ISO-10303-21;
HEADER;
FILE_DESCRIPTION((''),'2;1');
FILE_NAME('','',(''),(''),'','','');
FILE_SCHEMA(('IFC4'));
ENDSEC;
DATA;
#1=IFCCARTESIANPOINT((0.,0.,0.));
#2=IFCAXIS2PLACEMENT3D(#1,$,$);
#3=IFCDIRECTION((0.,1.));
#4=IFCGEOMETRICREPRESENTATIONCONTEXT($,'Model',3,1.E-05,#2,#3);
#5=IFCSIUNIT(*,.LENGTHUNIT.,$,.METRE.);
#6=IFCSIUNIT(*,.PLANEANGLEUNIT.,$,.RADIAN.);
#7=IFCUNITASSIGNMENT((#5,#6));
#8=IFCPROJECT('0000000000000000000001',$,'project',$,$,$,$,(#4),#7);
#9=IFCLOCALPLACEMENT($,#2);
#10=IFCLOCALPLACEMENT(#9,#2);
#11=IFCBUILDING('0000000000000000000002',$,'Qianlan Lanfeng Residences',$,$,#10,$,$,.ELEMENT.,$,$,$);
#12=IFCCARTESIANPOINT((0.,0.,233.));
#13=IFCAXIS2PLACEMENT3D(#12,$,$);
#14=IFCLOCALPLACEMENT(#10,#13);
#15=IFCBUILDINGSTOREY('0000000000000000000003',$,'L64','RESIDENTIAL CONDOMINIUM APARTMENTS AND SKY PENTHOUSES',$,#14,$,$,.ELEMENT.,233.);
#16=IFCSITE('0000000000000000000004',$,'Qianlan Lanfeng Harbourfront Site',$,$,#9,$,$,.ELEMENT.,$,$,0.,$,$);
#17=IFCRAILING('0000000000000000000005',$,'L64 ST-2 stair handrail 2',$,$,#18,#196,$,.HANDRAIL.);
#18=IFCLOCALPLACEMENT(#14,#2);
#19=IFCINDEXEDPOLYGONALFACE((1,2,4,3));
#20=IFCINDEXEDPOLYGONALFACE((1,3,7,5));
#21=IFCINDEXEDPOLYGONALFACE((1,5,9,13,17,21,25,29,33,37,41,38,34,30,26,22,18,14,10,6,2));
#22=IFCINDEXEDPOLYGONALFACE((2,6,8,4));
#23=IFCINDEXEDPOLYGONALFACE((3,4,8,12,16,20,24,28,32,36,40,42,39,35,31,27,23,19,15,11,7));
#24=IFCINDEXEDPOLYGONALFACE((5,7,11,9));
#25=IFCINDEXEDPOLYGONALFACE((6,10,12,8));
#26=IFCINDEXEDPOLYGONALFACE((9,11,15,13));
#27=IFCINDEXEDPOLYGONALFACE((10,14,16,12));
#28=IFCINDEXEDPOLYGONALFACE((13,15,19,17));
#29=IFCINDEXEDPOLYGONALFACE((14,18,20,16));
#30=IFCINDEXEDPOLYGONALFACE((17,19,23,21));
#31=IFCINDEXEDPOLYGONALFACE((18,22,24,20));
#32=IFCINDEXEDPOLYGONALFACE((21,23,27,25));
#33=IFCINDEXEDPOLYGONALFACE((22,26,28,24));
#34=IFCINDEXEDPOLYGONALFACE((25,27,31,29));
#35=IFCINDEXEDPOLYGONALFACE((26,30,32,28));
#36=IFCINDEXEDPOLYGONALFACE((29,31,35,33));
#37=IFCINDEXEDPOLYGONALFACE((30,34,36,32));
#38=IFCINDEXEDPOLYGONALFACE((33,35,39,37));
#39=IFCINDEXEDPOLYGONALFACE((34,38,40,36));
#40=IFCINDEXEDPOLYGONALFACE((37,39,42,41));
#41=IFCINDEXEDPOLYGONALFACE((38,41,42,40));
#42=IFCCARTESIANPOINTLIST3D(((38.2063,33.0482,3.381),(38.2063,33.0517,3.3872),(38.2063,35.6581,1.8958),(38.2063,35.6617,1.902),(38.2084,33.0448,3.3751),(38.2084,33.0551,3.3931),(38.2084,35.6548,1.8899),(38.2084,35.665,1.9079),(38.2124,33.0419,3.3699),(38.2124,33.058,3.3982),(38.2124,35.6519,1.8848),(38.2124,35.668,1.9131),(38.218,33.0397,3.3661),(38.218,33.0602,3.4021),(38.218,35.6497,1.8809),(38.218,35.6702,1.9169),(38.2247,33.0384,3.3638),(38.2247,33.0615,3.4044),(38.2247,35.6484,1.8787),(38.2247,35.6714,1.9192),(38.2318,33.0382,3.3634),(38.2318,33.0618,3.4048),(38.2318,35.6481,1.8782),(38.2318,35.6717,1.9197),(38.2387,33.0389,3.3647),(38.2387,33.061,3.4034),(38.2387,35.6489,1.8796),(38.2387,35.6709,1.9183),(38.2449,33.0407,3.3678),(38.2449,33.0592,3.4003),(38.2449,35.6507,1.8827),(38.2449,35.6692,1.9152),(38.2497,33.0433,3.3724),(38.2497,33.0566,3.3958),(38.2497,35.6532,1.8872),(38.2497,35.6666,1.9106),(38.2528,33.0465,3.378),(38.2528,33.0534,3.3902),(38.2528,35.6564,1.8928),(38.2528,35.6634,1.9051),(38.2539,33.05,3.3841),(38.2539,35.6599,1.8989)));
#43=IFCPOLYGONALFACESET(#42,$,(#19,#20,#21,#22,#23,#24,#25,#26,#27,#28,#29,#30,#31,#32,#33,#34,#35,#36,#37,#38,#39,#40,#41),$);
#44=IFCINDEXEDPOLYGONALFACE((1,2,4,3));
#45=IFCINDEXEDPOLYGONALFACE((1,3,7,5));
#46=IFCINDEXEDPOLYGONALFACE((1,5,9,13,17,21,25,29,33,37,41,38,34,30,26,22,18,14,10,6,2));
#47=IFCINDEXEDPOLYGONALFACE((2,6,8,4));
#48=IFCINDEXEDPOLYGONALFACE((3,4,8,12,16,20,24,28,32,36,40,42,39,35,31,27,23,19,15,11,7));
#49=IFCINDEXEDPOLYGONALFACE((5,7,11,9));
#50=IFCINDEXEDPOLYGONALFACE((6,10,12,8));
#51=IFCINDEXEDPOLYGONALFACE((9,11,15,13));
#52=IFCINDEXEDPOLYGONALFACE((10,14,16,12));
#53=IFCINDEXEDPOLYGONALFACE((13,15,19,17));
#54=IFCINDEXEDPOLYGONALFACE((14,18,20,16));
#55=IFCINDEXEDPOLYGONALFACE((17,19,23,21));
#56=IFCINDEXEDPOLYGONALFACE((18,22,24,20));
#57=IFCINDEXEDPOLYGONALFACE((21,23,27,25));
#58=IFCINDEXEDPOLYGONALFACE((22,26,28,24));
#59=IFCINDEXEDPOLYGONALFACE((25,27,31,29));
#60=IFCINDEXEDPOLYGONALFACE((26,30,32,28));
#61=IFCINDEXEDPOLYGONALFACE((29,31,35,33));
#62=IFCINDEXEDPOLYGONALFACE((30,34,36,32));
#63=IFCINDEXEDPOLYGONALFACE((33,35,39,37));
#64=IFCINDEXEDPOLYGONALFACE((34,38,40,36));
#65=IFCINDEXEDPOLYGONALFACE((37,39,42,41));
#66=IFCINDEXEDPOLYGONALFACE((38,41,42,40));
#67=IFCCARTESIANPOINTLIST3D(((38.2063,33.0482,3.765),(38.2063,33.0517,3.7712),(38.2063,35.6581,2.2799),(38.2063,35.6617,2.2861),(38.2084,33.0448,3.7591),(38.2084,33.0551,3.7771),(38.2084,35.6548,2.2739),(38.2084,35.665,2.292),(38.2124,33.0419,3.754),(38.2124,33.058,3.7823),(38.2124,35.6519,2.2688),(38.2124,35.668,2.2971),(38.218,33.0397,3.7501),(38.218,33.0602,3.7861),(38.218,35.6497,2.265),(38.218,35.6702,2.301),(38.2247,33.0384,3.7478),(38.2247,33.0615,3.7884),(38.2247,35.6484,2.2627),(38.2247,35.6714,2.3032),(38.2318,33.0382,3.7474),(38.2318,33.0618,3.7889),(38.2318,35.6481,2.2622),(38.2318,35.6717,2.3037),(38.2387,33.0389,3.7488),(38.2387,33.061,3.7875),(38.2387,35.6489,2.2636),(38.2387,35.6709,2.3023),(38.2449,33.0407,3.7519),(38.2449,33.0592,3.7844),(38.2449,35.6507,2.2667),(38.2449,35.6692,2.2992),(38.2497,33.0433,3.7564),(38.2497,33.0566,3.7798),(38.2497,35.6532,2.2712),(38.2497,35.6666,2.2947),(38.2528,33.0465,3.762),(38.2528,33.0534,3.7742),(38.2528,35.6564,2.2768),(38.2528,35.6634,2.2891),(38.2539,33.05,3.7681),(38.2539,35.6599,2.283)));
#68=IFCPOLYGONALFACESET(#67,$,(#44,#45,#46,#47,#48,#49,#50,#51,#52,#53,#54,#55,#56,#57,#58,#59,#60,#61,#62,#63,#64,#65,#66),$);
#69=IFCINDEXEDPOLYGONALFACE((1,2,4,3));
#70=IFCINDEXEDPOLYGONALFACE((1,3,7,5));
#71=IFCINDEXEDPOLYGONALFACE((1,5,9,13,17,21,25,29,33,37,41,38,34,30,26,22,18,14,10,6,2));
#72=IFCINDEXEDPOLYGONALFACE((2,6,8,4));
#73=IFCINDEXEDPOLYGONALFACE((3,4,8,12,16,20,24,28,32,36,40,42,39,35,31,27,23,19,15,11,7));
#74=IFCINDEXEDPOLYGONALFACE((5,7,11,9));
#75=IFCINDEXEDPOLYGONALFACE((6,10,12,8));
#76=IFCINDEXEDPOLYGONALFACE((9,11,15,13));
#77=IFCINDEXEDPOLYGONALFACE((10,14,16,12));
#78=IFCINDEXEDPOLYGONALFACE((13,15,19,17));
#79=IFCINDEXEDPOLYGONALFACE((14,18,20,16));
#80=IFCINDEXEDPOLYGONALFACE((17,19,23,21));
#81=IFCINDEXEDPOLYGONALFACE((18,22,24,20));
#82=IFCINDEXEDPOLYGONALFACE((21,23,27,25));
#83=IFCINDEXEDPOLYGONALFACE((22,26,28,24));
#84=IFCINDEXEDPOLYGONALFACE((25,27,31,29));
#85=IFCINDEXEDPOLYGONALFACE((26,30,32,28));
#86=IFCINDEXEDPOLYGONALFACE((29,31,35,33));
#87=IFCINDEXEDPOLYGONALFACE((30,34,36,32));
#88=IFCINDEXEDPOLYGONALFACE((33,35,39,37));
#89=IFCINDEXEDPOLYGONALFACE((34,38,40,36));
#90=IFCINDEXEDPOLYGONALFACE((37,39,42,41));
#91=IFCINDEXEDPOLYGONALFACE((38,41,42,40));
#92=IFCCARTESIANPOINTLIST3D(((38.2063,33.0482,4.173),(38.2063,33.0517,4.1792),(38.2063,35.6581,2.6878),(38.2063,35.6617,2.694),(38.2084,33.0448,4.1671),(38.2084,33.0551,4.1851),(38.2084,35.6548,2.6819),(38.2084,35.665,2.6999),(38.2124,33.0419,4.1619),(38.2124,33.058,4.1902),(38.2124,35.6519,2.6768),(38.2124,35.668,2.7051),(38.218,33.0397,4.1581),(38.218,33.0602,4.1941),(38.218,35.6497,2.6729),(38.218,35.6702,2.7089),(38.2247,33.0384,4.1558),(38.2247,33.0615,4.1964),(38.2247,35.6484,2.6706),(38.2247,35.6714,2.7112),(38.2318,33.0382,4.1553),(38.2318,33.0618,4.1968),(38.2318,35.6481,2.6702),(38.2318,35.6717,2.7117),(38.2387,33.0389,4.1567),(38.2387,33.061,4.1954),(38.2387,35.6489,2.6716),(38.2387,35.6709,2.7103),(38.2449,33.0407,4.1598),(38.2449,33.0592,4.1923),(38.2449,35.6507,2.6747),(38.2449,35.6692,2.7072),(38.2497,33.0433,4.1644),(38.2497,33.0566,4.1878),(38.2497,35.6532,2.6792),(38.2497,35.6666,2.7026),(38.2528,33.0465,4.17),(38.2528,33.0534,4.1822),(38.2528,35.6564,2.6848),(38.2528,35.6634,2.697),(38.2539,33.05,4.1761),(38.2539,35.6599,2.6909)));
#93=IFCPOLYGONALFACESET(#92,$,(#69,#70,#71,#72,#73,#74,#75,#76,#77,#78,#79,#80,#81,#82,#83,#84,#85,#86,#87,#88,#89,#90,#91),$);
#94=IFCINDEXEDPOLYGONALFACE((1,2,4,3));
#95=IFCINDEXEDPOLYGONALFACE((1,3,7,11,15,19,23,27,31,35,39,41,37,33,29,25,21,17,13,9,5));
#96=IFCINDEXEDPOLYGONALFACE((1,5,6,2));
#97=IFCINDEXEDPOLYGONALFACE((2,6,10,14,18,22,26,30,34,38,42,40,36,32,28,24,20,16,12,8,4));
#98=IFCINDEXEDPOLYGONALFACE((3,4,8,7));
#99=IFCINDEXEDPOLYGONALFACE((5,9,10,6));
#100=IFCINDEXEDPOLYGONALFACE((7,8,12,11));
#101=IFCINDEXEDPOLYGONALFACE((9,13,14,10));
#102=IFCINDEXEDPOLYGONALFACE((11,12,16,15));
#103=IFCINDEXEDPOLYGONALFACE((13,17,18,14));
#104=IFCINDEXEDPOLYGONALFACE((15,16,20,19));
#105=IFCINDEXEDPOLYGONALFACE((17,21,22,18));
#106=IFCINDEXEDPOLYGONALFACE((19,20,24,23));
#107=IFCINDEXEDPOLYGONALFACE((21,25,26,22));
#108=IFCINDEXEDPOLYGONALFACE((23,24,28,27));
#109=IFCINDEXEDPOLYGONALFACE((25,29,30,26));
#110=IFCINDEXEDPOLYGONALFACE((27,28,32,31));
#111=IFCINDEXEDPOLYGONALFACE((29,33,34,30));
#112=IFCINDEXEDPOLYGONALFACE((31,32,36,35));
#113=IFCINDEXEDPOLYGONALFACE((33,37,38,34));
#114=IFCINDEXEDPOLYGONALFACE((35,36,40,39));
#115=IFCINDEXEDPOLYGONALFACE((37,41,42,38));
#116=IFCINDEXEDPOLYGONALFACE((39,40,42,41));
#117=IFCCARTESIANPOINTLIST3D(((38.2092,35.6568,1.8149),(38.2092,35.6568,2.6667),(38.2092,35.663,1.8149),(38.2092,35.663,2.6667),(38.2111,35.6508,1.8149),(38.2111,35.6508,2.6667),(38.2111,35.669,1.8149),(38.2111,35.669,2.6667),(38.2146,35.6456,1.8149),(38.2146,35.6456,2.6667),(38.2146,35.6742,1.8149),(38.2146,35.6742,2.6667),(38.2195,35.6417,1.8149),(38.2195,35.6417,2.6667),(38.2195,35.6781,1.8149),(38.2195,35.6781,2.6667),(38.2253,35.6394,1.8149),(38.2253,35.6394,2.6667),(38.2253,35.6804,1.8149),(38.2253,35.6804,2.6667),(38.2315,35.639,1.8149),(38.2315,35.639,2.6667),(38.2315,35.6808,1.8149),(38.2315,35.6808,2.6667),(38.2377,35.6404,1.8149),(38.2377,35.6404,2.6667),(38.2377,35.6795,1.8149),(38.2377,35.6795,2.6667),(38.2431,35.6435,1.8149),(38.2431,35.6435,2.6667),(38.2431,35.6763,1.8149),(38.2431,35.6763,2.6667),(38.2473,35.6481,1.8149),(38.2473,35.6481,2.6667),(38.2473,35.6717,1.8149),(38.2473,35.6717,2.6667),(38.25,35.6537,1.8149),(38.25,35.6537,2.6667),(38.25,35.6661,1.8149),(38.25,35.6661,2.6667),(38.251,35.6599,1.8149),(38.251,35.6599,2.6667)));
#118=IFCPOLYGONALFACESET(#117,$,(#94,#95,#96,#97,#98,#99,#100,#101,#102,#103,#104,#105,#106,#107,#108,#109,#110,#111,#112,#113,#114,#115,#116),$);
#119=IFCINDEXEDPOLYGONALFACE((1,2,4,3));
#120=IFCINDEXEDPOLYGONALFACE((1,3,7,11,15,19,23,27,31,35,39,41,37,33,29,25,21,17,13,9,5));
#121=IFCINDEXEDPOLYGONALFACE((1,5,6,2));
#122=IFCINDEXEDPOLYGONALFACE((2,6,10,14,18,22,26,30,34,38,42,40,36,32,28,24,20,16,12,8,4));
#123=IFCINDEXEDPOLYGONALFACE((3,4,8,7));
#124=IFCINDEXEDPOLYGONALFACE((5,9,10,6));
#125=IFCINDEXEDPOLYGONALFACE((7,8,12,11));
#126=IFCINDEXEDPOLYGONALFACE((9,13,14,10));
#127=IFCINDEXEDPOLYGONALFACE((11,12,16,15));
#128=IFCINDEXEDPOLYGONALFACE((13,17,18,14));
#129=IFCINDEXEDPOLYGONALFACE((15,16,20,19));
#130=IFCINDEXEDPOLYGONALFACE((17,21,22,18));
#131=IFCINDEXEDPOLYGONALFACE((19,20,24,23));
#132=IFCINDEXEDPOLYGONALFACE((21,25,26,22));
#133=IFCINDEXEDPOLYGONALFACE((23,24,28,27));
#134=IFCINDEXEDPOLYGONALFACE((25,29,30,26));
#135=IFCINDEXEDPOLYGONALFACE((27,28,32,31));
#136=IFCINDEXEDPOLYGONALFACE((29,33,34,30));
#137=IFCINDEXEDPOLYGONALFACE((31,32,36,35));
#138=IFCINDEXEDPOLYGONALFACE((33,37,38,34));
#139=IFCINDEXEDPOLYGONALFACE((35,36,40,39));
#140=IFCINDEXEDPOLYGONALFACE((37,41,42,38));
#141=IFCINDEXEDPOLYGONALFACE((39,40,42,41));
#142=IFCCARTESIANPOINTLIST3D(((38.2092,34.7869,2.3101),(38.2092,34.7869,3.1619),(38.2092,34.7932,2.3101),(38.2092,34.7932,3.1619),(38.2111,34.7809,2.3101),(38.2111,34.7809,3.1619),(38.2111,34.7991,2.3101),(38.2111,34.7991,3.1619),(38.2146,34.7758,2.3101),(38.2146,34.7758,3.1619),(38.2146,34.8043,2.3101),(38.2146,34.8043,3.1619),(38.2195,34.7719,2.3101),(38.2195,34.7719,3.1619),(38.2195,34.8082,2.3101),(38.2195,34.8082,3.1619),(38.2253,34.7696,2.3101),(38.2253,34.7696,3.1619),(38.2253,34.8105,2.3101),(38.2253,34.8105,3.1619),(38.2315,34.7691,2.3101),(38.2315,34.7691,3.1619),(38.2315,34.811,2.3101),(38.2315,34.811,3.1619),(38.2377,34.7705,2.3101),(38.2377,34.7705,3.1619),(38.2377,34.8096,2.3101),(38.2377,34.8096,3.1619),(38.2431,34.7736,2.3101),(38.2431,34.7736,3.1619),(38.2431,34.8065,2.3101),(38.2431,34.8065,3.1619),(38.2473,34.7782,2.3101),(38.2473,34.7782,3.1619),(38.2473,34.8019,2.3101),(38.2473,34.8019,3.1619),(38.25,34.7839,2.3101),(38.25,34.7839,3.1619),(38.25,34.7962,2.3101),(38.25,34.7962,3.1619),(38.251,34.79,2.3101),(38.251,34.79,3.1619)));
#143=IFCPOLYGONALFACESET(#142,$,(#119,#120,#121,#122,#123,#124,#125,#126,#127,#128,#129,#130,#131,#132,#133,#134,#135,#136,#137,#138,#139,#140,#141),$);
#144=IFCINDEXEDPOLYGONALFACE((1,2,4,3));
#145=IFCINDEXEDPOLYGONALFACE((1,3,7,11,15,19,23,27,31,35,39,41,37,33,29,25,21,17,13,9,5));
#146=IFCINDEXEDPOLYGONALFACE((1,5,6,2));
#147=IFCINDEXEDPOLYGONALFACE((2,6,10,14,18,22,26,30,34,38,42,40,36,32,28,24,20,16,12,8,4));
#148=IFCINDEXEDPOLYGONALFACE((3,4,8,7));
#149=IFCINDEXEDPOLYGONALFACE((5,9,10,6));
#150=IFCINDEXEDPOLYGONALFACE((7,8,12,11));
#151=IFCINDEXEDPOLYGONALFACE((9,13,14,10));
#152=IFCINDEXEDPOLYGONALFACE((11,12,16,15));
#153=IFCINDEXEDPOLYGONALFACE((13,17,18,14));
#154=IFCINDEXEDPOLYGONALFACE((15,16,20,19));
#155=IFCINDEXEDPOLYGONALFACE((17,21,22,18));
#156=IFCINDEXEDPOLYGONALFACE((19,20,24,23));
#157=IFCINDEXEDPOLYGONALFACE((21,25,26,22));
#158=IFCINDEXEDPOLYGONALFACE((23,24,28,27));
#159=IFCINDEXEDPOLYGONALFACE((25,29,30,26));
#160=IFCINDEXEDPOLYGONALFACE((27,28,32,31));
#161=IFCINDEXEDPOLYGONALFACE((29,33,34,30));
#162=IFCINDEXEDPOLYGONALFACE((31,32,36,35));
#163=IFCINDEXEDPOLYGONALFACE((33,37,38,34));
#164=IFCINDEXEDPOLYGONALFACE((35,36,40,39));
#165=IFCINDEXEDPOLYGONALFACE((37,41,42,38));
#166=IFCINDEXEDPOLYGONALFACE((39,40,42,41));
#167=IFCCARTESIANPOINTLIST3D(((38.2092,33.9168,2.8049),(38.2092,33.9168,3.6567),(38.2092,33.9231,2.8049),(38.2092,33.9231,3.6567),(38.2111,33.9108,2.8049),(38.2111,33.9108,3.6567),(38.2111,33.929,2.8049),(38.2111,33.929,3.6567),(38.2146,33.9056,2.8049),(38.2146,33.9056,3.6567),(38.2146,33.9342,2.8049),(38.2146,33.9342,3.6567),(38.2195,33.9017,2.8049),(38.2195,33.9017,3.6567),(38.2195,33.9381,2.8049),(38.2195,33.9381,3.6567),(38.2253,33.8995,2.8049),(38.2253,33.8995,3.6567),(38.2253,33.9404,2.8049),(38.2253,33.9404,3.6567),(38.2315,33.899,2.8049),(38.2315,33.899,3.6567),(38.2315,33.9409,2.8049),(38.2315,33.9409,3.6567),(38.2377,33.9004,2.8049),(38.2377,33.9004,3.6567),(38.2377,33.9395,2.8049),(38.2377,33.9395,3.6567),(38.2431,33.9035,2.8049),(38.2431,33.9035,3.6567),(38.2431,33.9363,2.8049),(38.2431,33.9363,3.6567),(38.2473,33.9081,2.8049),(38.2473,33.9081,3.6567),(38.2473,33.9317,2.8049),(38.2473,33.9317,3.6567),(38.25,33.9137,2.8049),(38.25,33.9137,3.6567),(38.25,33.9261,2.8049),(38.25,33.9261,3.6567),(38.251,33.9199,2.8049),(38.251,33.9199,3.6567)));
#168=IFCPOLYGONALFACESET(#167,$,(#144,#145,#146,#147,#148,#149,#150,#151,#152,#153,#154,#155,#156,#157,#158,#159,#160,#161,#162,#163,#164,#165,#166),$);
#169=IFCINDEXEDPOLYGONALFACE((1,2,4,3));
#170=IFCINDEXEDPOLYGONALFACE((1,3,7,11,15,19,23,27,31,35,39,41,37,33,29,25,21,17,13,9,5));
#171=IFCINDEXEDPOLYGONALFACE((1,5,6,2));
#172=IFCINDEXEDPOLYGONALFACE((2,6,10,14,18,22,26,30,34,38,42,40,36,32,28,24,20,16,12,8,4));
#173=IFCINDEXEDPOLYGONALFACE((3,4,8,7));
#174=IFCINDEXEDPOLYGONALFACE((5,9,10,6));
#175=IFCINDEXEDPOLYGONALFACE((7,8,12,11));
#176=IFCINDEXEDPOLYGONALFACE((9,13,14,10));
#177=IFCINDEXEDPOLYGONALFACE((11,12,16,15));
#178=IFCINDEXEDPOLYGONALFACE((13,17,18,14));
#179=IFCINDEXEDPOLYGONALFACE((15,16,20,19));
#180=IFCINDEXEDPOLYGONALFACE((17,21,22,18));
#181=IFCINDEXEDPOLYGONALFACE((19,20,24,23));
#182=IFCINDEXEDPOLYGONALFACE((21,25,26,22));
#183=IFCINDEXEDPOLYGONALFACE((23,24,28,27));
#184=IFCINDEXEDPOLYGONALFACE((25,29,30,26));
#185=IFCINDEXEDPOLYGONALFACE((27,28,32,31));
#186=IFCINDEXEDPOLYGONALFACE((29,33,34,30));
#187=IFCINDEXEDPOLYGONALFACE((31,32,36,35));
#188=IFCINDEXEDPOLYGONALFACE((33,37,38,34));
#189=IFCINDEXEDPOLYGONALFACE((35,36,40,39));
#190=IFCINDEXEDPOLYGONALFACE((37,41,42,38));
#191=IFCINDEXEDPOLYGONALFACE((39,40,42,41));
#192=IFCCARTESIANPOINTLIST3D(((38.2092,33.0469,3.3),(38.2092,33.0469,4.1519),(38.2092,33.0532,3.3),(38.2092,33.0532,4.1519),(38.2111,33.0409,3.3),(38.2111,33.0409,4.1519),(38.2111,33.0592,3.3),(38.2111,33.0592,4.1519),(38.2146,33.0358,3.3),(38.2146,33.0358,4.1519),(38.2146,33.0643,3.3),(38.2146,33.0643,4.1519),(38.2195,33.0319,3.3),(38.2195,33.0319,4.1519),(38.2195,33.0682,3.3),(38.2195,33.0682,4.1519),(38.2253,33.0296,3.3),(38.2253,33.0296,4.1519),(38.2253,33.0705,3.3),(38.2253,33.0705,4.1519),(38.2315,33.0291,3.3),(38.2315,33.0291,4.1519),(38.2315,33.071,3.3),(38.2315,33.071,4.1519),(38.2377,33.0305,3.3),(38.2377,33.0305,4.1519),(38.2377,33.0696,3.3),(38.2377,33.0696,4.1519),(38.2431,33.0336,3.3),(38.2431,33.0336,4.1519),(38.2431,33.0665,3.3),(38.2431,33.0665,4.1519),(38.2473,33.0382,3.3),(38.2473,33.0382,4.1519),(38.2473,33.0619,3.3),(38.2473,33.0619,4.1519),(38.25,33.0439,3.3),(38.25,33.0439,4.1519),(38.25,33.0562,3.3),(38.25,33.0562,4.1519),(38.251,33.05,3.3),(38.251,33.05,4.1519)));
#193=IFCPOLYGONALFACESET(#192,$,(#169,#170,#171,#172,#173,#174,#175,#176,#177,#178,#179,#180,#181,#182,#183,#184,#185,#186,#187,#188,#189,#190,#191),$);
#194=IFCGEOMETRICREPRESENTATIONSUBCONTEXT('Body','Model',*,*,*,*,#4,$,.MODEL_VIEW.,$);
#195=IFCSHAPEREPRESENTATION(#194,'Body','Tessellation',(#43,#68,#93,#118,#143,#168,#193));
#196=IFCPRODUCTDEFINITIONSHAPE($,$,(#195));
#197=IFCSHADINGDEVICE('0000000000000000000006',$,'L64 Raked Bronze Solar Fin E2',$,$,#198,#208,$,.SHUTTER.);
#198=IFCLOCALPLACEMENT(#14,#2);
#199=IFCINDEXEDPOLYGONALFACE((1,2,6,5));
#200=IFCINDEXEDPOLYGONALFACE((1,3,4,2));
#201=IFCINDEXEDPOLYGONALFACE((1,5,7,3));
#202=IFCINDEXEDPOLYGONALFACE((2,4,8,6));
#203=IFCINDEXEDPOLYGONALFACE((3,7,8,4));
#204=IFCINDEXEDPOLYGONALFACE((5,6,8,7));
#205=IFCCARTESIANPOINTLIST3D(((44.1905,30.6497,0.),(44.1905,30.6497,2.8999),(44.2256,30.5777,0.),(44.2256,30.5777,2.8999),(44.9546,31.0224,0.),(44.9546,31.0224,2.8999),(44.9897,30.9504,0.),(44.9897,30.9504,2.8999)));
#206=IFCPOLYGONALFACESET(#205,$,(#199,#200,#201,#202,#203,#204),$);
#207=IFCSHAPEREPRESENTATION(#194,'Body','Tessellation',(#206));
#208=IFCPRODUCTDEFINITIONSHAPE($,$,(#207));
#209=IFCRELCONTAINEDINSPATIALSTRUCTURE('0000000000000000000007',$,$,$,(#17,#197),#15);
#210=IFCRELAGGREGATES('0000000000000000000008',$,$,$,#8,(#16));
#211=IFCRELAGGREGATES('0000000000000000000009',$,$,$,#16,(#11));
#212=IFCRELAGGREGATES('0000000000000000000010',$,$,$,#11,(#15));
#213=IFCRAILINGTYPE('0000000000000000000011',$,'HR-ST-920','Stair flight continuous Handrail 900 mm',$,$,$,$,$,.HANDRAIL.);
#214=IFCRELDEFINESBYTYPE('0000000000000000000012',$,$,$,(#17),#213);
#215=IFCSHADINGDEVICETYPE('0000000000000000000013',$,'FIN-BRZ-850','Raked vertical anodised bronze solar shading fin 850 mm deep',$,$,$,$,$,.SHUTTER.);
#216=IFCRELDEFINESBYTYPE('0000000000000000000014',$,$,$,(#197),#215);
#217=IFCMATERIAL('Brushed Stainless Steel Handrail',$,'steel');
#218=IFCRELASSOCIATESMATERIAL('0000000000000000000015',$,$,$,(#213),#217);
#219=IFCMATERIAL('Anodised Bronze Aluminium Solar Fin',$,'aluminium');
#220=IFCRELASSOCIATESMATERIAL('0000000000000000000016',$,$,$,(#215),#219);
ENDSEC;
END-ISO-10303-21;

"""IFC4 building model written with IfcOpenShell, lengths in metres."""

from ifc_helpers import new_model, si_unit, direction, frame, origin, origin_2d, place, context, subcontext, project, spatial, rectangle, circle, extrude, source, transform, mapped, material, type_object, element, save


model = new_model("IFC4")

# Units and contexts
model_context = context("Model", 3, precision=1e-05, world=origin(), true_north=direction((0.0, 1.0)))
body_context = subcontext(model_context, "Body", "Model", "MODEL_VIEW")
ifc_project = project(units=[si_unit("LENGTHUNIT", "METRE"), si_unit("PLANEANGLEUNIT", "RADIAN")], contexts=[model_context])

# Site, building, storey
site_placement = place(None, origin())
site = spatial("IfcSite", under=ifc_project, at=site_placement, Name="Qianlan Lanfeng Harbourfront Site", CompositionType="ELEMENT", RefElevation=0.0)
building_placement = place(site_placement, origin())
building = spatial("IfcBuilding", under=site, at=building_placement, Name="Qianlan Lanfeng Residences", CompositionType="ELEMENT")
storey_placement = place(building_placement, frame((0.0, 0.0, 233.0)))
storey = spatial("IfcBuildingStorey", under=building, at=storey_placement, Name="L64", Description="RESIDENTIAL CONDOMINIUM APARTMENTS AND SKY PENTHOUSES", CompositionType="ELEMENT", Elevation=233.0)

# Railing
ifc_material_1 = material(Name="Brushed Stainless Steel Handrail", Category="steel")
railing_type_1 = type_object("IfcRailingType", Name="HR-ST-920", Description="Stair flight continuous Handrail 900 mm", PredefinedType="HANDRAIL", material=ifc_material_1)
railing_1_placement = place(storey_placement, frame((38.23, 35.6599, 1.8149)))
element("IfcRailing", 1, at=railing_1_placement, inside=storey, type_object=railing_type_1, Name="L64 ST-2 stair handrail 2", PredefinedType="HANDRAIL", context=body_context, shape_type="SweptSolid", body=[
    extrude(circle(Radius=0.0239, at=origin_2d()), frame((0.0, 0.0, 0.084), z_axis=(0.0, -0.869137, 0.494571), x_axis=(1.0, 0.0, 0.0)), (0.0, 0.0, 1.0), 3.0029),
    extrude(circle(Radius=0.0239, at=origin_2d()), frame((0.0, 0.0, 0.468), z_axis=(0.0, -0.869137, 0.494571), x_axis=(1.0, 0.0, 0.0)), (0.0, 0.0, 1.0), 3.0029),
    extrude(circle(Radius=0.0239, at=origin_2d()), frame((0.0, 0.0, 0.876), z_axis=(0.0, -0.869137, 0.494571), x_axis=(1.0, 0.0, 0.0)), (0.0, 0.0, 1.0), 3.0029),
    extrude(circle(Radius=0.021, at=origin_2d()), origin(), (0.0, 0.0, 1.0), 0.8518),
    extrude(circle(Radius=0.021, at=origin_2d()), frame((0.0, -0.8699, 0.4951)), (0.0, 0.0, 1.0), 0.8518),
    extrude(circle(Radius=0.021, at=origin_2d()), frame((0.0, -1.74, 0.99)), (0.0, 0.0, 1.0), 0.8518),
    extrude(circle(Radius=0.021, at=origin_2d()), frame((0.0, -2.6099, 1.4851)), (0.0, 0.0, 1.0), 0.8518),
])

# Shading device
ifc_material_2 = material(Name="Anodised Bronze Aluminium Solar Fin", Category="aluminium")
shading_device_type = type_object("IfcShadingDeviceType", Name="FIN-BRZ-850", Description="Raked vertical anodised bronze solar shading fin 850 mm deep", PredefinedType="SHUTTER", material=ifc_material_2)
shared_shape = source(origin(), body_context, "Body", "SweptSolid", [
    extrude(rectangle(XDim=0.8501, YDim=0.0801, at=origin_2d()), origin(), (0.0, 0.0, 1.0), 2.8999),
])
shading_device_placement = place(storey_placement, frame((44.5901, 30.8, 0.0), z_axis=(0.0, 0.0, 1.0), x_axis=(0.898794, 0.438371, 0.0)))
element("IfcShadingDevice", 2, at=shading_device_placement, inside=storey, type_object=shading_device_type, Name="L64 Raked Bronze Solar Fin E2", PredefinedType="SHUTTER", context=body_context, shape_type="MappedRepresentation", body=[
    mapped(shared_shape, transform((0.0, 0.0, 0.0), scale=1.0)),
])

save(model, "model.ifc")
